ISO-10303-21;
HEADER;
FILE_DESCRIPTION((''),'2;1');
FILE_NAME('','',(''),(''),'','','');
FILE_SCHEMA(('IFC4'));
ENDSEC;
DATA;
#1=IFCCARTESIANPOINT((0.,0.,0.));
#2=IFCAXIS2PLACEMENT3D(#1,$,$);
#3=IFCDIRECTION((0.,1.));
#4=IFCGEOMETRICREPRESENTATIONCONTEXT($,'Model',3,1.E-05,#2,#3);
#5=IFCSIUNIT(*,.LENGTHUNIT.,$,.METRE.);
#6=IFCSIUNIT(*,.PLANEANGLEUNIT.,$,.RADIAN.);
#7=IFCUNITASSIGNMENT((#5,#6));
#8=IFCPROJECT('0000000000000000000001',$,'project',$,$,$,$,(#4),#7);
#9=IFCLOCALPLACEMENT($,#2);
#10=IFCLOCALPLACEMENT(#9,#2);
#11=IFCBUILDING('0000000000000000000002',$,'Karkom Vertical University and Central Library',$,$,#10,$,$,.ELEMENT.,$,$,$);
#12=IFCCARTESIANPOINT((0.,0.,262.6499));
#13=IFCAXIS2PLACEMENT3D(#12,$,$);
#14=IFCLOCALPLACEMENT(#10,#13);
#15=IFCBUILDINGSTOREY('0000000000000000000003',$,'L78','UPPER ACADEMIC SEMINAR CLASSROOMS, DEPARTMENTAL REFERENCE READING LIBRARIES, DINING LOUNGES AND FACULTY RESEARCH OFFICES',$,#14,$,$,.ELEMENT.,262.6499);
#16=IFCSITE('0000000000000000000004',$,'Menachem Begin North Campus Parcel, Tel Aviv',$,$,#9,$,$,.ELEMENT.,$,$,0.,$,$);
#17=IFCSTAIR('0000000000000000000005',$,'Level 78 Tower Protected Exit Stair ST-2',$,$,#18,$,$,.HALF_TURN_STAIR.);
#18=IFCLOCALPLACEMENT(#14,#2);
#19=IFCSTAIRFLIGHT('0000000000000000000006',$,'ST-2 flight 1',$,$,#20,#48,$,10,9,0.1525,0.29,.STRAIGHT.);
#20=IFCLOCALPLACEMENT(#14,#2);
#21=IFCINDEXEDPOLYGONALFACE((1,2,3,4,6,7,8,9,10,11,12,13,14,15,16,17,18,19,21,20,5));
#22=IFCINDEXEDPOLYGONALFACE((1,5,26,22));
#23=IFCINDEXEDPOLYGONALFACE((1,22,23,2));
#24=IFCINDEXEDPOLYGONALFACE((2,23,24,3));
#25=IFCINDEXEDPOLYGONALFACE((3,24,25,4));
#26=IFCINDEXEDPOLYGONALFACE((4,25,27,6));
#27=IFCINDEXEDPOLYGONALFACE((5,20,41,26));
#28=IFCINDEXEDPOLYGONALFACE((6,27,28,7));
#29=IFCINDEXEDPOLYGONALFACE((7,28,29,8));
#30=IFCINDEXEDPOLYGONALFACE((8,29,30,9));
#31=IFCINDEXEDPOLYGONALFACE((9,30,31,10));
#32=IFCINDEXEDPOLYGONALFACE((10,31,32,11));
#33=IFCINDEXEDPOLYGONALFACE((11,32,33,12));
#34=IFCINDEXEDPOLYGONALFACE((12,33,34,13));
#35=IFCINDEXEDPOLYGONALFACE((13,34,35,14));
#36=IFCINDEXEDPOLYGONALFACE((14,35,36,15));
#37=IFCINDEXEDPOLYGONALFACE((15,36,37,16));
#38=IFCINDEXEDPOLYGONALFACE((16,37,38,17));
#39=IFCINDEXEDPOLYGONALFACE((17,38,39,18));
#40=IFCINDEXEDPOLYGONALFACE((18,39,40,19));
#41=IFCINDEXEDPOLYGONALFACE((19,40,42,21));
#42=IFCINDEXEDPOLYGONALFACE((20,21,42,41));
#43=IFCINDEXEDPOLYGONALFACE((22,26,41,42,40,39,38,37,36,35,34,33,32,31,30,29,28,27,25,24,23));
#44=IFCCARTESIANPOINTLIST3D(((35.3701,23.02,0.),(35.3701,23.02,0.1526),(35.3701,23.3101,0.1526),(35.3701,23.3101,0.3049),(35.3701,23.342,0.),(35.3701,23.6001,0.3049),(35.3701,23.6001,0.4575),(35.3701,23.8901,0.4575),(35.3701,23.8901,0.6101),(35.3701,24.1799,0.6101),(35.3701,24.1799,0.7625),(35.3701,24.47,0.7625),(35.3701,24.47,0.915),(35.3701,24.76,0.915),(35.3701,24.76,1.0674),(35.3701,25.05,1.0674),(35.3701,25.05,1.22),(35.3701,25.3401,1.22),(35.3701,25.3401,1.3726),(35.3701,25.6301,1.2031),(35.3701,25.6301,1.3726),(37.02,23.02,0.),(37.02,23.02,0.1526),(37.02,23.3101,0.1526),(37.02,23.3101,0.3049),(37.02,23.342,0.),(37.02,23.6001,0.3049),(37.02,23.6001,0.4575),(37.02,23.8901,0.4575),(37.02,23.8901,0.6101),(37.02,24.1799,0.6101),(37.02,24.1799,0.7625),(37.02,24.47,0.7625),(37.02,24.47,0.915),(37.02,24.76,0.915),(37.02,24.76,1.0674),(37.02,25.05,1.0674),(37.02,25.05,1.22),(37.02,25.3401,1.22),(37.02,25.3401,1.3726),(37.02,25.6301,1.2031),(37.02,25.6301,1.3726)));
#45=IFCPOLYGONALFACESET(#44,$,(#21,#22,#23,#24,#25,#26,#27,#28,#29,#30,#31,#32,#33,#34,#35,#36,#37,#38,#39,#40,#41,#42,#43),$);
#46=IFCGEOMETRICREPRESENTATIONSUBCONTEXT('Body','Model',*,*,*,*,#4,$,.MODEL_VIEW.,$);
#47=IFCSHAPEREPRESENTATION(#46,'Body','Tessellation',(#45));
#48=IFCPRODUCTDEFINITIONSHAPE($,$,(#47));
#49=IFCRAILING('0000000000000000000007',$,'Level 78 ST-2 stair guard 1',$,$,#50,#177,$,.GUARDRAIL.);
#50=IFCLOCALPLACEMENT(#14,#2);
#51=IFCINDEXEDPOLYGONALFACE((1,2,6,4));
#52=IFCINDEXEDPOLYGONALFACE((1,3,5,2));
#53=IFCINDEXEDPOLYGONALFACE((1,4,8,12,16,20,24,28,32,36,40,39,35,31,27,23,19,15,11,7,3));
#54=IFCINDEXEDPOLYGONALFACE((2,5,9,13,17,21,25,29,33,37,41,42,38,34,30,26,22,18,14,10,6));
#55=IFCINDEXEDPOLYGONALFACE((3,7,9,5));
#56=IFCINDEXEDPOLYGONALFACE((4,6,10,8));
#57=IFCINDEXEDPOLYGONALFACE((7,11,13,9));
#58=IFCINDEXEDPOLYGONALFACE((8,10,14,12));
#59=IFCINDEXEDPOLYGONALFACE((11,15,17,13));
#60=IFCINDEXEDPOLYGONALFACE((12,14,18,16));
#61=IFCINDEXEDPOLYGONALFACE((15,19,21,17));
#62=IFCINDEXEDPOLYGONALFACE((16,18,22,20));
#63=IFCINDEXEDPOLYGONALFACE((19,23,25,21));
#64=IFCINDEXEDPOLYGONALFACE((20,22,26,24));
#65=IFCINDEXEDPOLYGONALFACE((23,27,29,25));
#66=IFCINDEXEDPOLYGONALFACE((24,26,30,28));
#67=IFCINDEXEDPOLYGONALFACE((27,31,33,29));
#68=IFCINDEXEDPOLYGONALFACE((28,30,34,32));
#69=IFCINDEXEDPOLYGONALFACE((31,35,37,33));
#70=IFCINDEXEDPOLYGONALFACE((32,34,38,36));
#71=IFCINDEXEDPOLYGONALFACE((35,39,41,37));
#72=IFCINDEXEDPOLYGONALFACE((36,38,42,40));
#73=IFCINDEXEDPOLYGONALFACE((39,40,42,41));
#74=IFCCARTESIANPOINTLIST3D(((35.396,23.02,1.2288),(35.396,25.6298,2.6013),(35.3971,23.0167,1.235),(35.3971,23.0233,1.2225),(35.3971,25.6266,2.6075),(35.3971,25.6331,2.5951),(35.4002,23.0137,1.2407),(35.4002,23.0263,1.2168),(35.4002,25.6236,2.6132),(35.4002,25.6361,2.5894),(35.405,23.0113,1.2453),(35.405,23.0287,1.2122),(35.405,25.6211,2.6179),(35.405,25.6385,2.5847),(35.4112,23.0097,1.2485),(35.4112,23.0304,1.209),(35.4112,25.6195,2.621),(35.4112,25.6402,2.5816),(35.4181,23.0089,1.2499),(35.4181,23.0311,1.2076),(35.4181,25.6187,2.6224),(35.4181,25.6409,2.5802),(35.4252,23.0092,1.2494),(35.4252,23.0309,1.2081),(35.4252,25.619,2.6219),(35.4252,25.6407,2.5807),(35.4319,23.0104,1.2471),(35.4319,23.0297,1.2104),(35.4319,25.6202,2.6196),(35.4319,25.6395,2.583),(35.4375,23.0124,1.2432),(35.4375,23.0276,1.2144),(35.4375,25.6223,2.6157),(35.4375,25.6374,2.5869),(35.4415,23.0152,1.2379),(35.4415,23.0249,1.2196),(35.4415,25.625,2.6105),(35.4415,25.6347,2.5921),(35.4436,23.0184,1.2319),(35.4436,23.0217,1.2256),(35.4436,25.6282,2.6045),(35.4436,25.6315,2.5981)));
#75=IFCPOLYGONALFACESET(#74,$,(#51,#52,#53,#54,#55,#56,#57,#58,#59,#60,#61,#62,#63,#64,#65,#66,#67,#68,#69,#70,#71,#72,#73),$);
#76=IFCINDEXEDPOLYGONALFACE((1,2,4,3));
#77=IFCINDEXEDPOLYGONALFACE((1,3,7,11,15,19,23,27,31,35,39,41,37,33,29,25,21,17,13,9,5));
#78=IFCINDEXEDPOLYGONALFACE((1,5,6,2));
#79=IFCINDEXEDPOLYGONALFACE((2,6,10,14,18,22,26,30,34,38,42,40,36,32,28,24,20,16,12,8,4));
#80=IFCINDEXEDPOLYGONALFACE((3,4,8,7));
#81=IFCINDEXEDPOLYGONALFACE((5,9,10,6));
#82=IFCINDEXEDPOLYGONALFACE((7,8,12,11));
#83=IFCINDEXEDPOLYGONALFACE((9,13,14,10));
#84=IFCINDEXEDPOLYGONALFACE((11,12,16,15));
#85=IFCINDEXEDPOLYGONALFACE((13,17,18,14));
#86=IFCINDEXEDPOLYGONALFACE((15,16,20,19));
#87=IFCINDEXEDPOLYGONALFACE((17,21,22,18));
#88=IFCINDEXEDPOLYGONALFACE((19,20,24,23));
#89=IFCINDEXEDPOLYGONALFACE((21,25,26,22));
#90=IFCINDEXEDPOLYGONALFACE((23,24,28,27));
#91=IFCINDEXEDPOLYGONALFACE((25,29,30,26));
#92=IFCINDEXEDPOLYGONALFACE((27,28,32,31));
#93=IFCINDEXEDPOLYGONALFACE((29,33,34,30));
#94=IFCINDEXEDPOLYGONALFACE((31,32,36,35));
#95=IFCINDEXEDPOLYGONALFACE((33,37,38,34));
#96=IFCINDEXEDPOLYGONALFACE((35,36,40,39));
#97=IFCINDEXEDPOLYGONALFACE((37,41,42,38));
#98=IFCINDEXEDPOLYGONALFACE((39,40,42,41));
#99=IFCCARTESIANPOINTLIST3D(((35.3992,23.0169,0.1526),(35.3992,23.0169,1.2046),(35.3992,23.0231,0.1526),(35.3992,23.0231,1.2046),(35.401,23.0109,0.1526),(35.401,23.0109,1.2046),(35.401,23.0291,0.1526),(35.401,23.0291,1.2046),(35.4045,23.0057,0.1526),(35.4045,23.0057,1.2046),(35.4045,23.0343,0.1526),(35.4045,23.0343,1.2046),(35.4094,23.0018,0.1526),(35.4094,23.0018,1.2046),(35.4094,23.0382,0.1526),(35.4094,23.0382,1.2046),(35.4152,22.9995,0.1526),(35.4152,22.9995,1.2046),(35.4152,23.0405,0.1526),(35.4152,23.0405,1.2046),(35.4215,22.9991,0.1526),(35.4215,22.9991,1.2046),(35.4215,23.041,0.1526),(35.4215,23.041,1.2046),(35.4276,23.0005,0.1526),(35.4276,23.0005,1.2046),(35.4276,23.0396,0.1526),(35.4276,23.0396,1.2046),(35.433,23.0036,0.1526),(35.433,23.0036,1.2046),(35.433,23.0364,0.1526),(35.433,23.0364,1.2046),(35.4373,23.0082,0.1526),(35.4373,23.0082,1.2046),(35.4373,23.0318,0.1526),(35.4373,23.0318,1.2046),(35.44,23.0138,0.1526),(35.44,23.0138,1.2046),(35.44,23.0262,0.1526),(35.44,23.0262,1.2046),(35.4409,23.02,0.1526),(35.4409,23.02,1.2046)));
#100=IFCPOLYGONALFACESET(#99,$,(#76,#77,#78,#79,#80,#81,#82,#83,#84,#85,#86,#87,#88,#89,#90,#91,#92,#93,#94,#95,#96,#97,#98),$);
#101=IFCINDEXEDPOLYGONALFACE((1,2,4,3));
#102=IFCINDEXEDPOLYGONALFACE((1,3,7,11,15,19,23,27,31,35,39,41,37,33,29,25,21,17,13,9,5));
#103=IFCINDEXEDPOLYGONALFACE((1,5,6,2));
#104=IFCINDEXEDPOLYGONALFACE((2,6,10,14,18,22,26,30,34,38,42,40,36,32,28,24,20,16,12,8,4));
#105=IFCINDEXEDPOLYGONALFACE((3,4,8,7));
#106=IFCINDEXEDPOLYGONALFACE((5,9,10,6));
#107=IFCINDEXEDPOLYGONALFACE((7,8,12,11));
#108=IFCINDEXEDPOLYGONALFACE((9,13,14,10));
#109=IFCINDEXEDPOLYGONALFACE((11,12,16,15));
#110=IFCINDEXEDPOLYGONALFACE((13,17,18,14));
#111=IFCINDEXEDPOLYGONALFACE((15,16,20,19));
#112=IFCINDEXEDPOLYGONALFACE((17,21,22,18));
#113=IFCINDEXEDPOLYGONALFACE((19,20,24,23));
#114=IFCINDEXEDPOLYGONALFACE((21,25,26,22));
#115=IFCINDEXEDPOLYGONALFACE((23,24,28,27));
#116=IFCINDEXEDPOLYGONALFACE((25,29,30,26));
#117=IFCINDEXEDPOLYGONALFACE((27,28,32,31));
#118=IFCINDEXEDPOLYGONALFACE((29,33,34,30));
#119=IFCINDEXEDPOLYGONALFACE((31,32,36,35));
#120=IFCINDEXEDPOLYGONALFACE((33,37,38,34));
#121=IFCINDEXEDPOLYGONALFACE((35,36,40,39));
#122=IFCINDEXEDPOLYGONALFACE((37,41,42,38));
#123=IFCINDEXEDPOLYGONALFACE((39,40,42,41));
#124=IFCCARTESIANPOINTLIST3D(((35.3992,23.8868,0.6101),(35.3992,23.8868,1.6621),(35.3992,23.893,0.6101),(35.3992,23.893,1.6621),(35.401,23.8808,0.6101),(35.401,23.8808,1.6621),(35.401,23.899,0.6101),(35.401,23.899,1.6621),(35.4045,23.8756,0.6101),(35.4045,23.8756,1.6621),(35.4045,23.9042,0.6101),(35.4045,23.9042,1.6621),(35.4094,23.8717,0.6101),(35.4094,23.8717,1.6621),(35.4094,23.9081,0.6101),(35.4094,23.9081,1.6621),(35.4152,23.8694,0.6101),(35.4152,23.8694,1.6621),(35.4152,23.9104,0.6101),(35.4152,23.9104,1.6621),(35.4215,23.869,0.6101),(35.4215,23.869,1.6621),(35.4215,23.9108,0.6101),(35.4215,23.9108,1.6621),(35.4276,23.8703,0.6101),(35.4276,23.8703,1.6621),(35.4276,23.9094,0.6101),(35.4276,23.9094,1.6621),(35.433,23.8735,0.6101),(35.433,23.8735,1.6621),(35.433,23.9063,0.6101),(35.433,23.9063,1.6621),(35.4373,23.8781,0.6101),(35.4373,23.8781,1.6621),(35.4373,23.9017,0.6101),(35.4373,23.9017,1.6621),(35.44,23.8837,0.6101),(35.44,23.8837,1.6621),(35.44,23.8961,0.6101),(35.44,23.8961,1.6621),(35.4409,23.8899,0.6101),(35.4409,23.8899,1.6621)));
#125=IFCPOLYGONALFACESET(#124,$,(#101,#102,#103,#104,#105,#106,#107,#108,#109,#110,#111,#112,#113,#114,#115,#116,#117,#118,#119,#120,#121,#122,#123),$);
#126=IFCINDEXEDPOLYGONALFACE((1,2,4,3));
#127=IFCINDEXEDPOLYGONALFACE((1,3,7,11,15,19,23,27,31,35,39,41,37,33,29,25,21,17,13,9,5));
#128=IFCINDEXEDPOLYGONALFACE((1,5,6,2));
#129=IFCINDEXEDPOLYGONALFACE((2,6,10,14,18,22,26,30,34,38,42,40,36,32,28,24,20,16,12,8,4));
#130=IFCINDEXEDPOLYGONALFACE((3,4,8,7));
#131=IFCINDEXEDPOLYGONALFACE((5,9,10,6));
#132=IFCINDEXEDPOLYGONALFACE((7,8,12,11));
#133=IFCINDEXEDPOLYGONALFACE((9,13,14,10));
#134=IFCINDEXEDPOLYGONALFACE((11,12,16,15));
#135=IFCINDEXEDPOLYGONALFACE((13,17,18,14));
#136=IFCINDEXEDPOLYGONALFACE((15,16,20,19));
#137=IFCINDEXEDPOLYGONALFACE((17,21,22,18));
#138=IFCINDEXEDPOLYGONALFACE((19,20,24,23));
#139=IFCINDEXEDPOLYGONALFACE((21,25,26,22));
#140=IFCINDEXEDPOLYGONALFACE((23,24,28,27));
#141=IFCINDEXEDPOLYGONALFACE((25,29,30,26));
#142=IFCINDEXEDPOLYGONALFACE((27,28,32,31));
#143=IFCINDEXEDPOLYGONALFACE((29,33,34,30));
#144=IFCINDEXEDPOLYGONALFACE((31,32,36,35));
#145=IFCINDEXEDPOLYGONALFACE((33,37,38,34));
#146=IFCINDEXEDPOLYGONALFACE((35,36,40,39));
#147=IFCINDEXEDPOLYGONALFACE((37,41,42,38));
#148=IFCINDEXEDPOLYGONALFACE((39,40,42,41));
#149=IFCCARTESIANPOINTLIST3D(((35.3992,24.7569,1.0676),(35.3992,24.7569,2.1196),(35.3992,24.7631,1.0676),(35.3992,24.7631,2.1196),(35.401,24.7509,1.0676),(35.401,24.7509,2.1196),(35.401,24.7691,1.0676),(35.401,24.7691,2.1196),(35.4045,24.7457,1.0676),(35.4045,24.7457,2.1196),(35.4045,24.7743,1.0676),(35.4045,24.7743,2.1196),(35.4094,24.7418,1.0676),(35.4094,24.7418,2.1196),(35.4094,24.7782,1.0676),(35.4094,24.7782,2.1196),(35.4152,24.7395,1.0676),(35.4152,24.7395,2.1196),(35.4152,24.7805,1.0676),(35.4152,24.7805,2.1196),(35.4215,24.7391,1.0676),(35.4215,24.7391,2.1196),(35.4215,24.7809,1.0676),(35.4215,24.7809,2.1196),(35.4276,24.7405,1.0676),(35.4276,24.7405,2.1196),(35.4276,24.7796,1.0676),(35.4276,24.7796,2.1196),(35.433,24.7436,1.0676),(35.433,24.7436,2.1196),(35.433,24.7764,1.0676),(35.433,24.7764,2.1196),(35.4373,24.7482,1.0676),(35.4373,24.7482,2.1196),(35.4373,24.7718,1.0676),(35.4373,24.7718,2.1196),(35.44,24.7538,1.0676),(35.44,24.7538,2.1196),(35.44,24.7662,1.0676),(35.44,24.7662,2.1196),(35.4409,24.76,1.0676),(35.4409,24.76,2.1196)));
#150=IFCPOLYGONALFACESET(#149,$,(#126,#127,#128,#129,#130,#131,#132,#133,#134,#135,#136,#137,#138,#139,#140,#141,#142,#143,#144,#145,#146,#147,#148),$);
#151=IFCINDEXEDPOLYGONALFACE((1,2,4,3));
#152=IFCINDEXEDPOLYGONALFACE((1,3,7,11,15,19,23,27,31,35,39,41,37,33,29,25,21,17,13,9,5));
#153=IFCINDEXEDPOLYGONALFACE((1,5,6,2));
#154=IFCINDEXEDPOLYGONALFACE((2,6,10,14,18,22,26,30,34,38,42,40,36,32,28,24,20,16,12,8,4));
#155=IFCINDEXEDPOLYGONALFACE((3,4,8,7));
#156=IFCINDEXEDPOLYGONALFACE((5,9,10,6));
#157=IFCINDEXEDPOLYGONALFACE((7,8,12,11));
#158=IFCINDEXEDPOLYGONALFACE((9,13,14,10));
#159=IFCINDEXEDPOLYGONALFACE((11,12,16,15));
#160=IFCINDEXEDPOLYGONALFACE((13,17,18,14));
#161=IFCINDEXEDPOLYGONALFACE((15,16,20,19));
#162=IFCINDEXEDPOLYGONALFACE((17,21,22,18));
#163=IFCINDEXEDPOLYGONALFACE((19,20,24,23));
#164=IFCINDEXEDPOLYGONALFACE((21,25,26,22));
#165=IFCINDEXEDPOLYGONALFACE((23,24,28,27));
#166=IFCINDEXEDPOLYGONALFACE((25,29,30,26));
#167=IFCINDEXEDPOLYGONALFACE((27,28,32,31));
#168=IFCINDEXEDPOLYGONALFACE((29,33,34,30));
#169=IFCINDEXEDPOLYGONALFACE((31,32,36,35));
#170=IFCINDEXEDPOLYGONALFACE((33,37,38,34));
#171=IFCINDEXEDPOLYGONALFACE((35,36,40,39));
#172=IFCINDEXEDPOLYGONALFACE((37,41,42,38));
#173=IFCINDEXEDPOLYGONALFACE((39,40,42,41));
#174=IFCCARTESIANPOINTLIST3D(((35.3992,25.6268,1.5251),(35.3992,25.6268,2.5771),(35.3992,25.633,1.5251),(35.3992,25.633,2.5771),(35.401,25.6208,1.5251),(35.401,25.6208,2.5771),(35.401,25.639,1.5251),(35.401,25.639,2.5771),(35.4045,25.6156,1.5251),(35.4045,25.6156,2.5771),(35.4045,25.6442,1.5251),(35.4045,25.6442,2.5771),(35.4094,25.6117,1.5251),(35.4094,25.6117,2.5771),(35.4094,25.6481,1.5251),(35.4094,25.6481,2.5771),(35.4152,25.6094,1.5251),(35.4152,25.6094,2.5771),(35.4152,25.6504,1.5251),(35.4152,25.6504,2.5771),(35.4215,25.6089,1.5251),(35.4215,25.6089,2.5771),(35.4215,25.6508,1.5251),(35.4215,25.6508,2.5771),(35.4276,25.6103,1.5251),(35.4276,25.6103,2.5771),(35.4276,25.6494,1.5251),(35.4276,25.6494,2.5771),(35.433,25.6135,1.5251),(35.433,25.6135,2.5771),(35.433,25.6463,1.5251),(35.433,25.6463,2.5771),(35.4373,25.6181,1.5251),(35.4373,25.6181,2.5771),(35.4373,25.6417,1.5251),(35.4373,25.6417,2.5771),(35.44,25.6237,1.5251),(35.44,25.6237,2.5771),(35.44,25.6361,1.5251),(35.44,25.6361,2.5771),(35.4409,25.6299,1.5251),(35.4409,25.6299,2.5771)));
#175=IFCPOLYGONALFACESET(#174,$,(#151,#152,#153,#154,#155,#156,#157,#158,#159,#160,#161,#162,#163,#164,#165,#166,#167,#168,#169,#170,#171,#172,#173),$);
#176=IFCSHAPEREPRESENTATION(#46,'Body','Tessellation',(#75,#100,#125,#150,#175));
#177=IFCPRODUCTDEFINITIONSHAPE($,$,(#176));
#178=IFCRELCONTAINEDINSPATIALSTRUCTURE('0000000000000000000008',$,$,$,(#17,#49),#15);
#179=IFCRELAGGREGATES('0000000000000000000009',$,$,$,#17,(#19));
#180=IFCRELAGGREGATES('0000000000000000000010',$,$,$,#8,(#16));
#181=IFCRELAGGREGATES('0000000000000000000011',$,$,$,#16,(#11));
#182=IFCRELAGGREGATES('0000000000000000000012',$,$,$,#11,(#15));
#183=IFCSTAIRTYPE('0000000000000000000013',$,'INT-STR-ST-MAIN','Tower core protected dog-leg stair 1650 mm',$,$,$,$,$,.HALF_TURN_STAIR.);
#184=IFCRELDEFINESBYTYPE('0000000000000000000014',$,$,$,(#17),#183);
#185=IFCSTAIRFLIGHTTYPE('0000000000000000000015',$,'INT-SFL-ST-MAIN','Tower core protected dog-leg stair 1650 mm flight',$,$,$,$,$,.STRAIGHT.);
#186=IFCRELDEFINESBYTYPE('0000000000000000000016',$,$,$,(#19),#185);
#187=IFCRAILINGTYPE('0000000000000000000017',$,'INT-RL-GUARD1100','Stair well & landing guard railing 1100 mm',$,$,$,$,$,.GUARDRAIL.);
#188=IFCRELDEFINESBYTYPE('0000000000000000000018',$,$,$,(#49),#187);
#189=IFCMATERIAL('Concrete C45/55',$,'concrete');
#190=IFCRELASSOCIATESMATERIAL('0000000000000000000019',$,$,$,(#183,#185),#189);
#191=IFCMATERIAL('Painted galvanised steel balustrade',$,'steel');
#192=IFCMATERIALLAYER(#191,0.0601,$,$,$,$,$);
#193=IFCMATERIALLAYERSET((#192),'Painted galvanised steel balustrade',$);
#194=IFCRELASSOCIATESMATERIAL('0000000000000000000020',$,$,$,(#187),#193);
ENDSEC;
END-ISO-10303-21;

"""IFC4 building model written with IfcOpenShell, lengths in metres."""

from ifc_helpers import new_model, si_unit, direction, frame, origin, origin_2d, place, context, subcontext, project, spatial, polyline, circle, outline, extrude, material, layer, layer_set, type_object, element, aggregate, save


model = new_model("IFC4")

# Units and contexts
model_context = context("Model", 3, precision=1e-05, world=origin(), true_north=direction((0.0, 1.0)))
body_context = subcontext(model_context, "Body", "Model", "MODEL_VIEW")
ifc_project = project(units=[si_unit("LENGTHUNIT", "METRE"), si_unit("PLANEANGLEUNIT", "RADIAN")], contexts=[model_context])

# Site, building, storey
site_placement = place(None, origin())
site = spatial("IfcSite", under=ifc_project, at=site_placement, Name="Menachem Begin North Campus Parcel, Tel Aviv", CompositionType="ELEMENT", RefElevation=0.0)
building_placement = place(site_placement, origin())
building = spatial("IfcBuilding", under=site, at=building_placement, Name="Karkom Vertical University and Central Library", CompositionType="ELEMENT")
storey_placement = place(building_placement, frame((0.0, 0.0, 262.6499)))
storey = spatial("IfcBuildingStorey", under=building, at=storey_placement, Name="L78", Description="UPPER ACADEMIC SEMINAR CLASSROOMS, DEPARTMENTAL REFERENCE READING LIBRARIES, DINING LOUNGES AND FACULTY RESEARCH OFFICES", CompositionType="ELEMENT", Elevation=262.6499)

# Shared definitions
ifc_material_1 = material(Name="Concrete C45/55", Category="concrete")

# Stair, stair flight
stair_type = type_object("IfcStairType", Name="INT-STR-ST-MAIN", Description="Tower core protected dog-leg stair 1650 mm", PredefinedType="HALF_TURN_STAIR", material=ifc_material_1)
stair_placement = place(storey_placement, origin())
stair = element("IfcStair", 1, at=stair_placement, inside=storey, type_object=stair_type, Name="Level 78 Tower Protected Exit Stair ST-2", PredefinedType="HALF_TURN_STAIR")
stair_flight_type = type_object("IfcStairFlightType", Name="INT-SFL-ST-MAIN", Description="Tower core protected dog-leg stair 1650 mm flight", PredefinedType="STRAIGHT", material=ifc_material_1)
stair_flight_placement = place(storey_placement, frame((36.1951, 23.02, 0.0), z_axis=(0.0, 0.0, 1.0), x_axis=(0.0, 1.0, 0.0)))
stair_flight = element("IfcStairFlight", 2, at=stair_flight_placement, type_object=stair_flight_type, Name="ST-2 flight 1", NumberOfRisers=10, NumberOfTreads=9, PredefinedType="STRAIGHT", RiserHeight=0.1525, TreadLength=0.29, context=body_context, shape_type="SweptSolid", body=[
    extrude(outline(polyline([(0.0, 0.0), (0.0, 0.1526), (0.29, 0.1526), (0.29, 0.3049), (0.5801, 0.3049), (0.5801, 0.4575), (0.8701, 0.4575), (0.8701, 0.6101), (1.1599, 0.6101), (1.1599, 0.7625), (1.45, 0.7625), (1.45, 0.915), (1.74, 0.915), (1.74, 1.0674), (2.03, 1.0674), (2.03, 1.22), (2.3201, 1.22), (2.3201, 1.3726), (2.6101, 1.3726), (2.6101, 1.5249), (2.6101, 1.2031), (0.322, 0.0), (0.0, 0.0)])), frame((0.0, 0.825, 0.0), z_axis=(0.0, -1.0, 0.0), x_axis=(1.0, 0.0, 0.0)), (0.0, 0.0, 1.0), 1.6499),
])
aggregate(stair, [stair_flight])

# Railing
ifc_material_2 = material(Name="Painted galvanised steel balustrade", Category="steel")
ifc_layer_1 = layer(ifc_material_2, 0.0601)
ifc_layer_set_1 = layer_set([ifc_layer_1], Name="Painted galvanised steel balustrade")
railing_type = type_object("IfcRailingType", Name="INT-RL-GUARD1100", Description="Stair well & landing guard railing 1100 mm", PredefinedType="GUARDRAIL", material=ifc_layer_set_1)
railing_1_placement = place(storey_placement, frame((35.4199, 23.02, 0.1526)))
element("IfcRailing", 3, at=railing_1_placement, inside=storey, type_object=railing_type, Name="Level 78 ST-2 stair guard 1", PredefinedType="GUARDRAIL", context=body_context, shape_type="SweptSolid", body=[
    extrude(circle(Radius=0.0239, at=origin_2d()), frame((0.0, 0.0, 1.0762), z_axis=(0.0, 0.885065, 0.465467), x_axis=(-1.0, 0.0, 0.0)), (0.0, 0.0, 1.0), 2.9487),
    extrude(circle(Radius=0.021, at=origin_2d()), origin(), (0.0, 0.0, 1.0), 1.052),
    extrude(circle(Radius=0.021, at=origin_2d()), frame((0.0, 0.8699, 0.4575)), (0.0, 0.0, 1.0), 1.052),
    extrude(circle(Radius=0.021, at=origin_2d()), frame((0.0, 1.74, 0.915)), (0.0, 0.0, 1.0), 1.052),
    extrude(circle(Radius=0.021, at=origin_2d()), frame((0.0, 2.6099, 1.3726)), (0.0, 0.0, 1.0), 1.052),
])

save(model, "model.ifc")
